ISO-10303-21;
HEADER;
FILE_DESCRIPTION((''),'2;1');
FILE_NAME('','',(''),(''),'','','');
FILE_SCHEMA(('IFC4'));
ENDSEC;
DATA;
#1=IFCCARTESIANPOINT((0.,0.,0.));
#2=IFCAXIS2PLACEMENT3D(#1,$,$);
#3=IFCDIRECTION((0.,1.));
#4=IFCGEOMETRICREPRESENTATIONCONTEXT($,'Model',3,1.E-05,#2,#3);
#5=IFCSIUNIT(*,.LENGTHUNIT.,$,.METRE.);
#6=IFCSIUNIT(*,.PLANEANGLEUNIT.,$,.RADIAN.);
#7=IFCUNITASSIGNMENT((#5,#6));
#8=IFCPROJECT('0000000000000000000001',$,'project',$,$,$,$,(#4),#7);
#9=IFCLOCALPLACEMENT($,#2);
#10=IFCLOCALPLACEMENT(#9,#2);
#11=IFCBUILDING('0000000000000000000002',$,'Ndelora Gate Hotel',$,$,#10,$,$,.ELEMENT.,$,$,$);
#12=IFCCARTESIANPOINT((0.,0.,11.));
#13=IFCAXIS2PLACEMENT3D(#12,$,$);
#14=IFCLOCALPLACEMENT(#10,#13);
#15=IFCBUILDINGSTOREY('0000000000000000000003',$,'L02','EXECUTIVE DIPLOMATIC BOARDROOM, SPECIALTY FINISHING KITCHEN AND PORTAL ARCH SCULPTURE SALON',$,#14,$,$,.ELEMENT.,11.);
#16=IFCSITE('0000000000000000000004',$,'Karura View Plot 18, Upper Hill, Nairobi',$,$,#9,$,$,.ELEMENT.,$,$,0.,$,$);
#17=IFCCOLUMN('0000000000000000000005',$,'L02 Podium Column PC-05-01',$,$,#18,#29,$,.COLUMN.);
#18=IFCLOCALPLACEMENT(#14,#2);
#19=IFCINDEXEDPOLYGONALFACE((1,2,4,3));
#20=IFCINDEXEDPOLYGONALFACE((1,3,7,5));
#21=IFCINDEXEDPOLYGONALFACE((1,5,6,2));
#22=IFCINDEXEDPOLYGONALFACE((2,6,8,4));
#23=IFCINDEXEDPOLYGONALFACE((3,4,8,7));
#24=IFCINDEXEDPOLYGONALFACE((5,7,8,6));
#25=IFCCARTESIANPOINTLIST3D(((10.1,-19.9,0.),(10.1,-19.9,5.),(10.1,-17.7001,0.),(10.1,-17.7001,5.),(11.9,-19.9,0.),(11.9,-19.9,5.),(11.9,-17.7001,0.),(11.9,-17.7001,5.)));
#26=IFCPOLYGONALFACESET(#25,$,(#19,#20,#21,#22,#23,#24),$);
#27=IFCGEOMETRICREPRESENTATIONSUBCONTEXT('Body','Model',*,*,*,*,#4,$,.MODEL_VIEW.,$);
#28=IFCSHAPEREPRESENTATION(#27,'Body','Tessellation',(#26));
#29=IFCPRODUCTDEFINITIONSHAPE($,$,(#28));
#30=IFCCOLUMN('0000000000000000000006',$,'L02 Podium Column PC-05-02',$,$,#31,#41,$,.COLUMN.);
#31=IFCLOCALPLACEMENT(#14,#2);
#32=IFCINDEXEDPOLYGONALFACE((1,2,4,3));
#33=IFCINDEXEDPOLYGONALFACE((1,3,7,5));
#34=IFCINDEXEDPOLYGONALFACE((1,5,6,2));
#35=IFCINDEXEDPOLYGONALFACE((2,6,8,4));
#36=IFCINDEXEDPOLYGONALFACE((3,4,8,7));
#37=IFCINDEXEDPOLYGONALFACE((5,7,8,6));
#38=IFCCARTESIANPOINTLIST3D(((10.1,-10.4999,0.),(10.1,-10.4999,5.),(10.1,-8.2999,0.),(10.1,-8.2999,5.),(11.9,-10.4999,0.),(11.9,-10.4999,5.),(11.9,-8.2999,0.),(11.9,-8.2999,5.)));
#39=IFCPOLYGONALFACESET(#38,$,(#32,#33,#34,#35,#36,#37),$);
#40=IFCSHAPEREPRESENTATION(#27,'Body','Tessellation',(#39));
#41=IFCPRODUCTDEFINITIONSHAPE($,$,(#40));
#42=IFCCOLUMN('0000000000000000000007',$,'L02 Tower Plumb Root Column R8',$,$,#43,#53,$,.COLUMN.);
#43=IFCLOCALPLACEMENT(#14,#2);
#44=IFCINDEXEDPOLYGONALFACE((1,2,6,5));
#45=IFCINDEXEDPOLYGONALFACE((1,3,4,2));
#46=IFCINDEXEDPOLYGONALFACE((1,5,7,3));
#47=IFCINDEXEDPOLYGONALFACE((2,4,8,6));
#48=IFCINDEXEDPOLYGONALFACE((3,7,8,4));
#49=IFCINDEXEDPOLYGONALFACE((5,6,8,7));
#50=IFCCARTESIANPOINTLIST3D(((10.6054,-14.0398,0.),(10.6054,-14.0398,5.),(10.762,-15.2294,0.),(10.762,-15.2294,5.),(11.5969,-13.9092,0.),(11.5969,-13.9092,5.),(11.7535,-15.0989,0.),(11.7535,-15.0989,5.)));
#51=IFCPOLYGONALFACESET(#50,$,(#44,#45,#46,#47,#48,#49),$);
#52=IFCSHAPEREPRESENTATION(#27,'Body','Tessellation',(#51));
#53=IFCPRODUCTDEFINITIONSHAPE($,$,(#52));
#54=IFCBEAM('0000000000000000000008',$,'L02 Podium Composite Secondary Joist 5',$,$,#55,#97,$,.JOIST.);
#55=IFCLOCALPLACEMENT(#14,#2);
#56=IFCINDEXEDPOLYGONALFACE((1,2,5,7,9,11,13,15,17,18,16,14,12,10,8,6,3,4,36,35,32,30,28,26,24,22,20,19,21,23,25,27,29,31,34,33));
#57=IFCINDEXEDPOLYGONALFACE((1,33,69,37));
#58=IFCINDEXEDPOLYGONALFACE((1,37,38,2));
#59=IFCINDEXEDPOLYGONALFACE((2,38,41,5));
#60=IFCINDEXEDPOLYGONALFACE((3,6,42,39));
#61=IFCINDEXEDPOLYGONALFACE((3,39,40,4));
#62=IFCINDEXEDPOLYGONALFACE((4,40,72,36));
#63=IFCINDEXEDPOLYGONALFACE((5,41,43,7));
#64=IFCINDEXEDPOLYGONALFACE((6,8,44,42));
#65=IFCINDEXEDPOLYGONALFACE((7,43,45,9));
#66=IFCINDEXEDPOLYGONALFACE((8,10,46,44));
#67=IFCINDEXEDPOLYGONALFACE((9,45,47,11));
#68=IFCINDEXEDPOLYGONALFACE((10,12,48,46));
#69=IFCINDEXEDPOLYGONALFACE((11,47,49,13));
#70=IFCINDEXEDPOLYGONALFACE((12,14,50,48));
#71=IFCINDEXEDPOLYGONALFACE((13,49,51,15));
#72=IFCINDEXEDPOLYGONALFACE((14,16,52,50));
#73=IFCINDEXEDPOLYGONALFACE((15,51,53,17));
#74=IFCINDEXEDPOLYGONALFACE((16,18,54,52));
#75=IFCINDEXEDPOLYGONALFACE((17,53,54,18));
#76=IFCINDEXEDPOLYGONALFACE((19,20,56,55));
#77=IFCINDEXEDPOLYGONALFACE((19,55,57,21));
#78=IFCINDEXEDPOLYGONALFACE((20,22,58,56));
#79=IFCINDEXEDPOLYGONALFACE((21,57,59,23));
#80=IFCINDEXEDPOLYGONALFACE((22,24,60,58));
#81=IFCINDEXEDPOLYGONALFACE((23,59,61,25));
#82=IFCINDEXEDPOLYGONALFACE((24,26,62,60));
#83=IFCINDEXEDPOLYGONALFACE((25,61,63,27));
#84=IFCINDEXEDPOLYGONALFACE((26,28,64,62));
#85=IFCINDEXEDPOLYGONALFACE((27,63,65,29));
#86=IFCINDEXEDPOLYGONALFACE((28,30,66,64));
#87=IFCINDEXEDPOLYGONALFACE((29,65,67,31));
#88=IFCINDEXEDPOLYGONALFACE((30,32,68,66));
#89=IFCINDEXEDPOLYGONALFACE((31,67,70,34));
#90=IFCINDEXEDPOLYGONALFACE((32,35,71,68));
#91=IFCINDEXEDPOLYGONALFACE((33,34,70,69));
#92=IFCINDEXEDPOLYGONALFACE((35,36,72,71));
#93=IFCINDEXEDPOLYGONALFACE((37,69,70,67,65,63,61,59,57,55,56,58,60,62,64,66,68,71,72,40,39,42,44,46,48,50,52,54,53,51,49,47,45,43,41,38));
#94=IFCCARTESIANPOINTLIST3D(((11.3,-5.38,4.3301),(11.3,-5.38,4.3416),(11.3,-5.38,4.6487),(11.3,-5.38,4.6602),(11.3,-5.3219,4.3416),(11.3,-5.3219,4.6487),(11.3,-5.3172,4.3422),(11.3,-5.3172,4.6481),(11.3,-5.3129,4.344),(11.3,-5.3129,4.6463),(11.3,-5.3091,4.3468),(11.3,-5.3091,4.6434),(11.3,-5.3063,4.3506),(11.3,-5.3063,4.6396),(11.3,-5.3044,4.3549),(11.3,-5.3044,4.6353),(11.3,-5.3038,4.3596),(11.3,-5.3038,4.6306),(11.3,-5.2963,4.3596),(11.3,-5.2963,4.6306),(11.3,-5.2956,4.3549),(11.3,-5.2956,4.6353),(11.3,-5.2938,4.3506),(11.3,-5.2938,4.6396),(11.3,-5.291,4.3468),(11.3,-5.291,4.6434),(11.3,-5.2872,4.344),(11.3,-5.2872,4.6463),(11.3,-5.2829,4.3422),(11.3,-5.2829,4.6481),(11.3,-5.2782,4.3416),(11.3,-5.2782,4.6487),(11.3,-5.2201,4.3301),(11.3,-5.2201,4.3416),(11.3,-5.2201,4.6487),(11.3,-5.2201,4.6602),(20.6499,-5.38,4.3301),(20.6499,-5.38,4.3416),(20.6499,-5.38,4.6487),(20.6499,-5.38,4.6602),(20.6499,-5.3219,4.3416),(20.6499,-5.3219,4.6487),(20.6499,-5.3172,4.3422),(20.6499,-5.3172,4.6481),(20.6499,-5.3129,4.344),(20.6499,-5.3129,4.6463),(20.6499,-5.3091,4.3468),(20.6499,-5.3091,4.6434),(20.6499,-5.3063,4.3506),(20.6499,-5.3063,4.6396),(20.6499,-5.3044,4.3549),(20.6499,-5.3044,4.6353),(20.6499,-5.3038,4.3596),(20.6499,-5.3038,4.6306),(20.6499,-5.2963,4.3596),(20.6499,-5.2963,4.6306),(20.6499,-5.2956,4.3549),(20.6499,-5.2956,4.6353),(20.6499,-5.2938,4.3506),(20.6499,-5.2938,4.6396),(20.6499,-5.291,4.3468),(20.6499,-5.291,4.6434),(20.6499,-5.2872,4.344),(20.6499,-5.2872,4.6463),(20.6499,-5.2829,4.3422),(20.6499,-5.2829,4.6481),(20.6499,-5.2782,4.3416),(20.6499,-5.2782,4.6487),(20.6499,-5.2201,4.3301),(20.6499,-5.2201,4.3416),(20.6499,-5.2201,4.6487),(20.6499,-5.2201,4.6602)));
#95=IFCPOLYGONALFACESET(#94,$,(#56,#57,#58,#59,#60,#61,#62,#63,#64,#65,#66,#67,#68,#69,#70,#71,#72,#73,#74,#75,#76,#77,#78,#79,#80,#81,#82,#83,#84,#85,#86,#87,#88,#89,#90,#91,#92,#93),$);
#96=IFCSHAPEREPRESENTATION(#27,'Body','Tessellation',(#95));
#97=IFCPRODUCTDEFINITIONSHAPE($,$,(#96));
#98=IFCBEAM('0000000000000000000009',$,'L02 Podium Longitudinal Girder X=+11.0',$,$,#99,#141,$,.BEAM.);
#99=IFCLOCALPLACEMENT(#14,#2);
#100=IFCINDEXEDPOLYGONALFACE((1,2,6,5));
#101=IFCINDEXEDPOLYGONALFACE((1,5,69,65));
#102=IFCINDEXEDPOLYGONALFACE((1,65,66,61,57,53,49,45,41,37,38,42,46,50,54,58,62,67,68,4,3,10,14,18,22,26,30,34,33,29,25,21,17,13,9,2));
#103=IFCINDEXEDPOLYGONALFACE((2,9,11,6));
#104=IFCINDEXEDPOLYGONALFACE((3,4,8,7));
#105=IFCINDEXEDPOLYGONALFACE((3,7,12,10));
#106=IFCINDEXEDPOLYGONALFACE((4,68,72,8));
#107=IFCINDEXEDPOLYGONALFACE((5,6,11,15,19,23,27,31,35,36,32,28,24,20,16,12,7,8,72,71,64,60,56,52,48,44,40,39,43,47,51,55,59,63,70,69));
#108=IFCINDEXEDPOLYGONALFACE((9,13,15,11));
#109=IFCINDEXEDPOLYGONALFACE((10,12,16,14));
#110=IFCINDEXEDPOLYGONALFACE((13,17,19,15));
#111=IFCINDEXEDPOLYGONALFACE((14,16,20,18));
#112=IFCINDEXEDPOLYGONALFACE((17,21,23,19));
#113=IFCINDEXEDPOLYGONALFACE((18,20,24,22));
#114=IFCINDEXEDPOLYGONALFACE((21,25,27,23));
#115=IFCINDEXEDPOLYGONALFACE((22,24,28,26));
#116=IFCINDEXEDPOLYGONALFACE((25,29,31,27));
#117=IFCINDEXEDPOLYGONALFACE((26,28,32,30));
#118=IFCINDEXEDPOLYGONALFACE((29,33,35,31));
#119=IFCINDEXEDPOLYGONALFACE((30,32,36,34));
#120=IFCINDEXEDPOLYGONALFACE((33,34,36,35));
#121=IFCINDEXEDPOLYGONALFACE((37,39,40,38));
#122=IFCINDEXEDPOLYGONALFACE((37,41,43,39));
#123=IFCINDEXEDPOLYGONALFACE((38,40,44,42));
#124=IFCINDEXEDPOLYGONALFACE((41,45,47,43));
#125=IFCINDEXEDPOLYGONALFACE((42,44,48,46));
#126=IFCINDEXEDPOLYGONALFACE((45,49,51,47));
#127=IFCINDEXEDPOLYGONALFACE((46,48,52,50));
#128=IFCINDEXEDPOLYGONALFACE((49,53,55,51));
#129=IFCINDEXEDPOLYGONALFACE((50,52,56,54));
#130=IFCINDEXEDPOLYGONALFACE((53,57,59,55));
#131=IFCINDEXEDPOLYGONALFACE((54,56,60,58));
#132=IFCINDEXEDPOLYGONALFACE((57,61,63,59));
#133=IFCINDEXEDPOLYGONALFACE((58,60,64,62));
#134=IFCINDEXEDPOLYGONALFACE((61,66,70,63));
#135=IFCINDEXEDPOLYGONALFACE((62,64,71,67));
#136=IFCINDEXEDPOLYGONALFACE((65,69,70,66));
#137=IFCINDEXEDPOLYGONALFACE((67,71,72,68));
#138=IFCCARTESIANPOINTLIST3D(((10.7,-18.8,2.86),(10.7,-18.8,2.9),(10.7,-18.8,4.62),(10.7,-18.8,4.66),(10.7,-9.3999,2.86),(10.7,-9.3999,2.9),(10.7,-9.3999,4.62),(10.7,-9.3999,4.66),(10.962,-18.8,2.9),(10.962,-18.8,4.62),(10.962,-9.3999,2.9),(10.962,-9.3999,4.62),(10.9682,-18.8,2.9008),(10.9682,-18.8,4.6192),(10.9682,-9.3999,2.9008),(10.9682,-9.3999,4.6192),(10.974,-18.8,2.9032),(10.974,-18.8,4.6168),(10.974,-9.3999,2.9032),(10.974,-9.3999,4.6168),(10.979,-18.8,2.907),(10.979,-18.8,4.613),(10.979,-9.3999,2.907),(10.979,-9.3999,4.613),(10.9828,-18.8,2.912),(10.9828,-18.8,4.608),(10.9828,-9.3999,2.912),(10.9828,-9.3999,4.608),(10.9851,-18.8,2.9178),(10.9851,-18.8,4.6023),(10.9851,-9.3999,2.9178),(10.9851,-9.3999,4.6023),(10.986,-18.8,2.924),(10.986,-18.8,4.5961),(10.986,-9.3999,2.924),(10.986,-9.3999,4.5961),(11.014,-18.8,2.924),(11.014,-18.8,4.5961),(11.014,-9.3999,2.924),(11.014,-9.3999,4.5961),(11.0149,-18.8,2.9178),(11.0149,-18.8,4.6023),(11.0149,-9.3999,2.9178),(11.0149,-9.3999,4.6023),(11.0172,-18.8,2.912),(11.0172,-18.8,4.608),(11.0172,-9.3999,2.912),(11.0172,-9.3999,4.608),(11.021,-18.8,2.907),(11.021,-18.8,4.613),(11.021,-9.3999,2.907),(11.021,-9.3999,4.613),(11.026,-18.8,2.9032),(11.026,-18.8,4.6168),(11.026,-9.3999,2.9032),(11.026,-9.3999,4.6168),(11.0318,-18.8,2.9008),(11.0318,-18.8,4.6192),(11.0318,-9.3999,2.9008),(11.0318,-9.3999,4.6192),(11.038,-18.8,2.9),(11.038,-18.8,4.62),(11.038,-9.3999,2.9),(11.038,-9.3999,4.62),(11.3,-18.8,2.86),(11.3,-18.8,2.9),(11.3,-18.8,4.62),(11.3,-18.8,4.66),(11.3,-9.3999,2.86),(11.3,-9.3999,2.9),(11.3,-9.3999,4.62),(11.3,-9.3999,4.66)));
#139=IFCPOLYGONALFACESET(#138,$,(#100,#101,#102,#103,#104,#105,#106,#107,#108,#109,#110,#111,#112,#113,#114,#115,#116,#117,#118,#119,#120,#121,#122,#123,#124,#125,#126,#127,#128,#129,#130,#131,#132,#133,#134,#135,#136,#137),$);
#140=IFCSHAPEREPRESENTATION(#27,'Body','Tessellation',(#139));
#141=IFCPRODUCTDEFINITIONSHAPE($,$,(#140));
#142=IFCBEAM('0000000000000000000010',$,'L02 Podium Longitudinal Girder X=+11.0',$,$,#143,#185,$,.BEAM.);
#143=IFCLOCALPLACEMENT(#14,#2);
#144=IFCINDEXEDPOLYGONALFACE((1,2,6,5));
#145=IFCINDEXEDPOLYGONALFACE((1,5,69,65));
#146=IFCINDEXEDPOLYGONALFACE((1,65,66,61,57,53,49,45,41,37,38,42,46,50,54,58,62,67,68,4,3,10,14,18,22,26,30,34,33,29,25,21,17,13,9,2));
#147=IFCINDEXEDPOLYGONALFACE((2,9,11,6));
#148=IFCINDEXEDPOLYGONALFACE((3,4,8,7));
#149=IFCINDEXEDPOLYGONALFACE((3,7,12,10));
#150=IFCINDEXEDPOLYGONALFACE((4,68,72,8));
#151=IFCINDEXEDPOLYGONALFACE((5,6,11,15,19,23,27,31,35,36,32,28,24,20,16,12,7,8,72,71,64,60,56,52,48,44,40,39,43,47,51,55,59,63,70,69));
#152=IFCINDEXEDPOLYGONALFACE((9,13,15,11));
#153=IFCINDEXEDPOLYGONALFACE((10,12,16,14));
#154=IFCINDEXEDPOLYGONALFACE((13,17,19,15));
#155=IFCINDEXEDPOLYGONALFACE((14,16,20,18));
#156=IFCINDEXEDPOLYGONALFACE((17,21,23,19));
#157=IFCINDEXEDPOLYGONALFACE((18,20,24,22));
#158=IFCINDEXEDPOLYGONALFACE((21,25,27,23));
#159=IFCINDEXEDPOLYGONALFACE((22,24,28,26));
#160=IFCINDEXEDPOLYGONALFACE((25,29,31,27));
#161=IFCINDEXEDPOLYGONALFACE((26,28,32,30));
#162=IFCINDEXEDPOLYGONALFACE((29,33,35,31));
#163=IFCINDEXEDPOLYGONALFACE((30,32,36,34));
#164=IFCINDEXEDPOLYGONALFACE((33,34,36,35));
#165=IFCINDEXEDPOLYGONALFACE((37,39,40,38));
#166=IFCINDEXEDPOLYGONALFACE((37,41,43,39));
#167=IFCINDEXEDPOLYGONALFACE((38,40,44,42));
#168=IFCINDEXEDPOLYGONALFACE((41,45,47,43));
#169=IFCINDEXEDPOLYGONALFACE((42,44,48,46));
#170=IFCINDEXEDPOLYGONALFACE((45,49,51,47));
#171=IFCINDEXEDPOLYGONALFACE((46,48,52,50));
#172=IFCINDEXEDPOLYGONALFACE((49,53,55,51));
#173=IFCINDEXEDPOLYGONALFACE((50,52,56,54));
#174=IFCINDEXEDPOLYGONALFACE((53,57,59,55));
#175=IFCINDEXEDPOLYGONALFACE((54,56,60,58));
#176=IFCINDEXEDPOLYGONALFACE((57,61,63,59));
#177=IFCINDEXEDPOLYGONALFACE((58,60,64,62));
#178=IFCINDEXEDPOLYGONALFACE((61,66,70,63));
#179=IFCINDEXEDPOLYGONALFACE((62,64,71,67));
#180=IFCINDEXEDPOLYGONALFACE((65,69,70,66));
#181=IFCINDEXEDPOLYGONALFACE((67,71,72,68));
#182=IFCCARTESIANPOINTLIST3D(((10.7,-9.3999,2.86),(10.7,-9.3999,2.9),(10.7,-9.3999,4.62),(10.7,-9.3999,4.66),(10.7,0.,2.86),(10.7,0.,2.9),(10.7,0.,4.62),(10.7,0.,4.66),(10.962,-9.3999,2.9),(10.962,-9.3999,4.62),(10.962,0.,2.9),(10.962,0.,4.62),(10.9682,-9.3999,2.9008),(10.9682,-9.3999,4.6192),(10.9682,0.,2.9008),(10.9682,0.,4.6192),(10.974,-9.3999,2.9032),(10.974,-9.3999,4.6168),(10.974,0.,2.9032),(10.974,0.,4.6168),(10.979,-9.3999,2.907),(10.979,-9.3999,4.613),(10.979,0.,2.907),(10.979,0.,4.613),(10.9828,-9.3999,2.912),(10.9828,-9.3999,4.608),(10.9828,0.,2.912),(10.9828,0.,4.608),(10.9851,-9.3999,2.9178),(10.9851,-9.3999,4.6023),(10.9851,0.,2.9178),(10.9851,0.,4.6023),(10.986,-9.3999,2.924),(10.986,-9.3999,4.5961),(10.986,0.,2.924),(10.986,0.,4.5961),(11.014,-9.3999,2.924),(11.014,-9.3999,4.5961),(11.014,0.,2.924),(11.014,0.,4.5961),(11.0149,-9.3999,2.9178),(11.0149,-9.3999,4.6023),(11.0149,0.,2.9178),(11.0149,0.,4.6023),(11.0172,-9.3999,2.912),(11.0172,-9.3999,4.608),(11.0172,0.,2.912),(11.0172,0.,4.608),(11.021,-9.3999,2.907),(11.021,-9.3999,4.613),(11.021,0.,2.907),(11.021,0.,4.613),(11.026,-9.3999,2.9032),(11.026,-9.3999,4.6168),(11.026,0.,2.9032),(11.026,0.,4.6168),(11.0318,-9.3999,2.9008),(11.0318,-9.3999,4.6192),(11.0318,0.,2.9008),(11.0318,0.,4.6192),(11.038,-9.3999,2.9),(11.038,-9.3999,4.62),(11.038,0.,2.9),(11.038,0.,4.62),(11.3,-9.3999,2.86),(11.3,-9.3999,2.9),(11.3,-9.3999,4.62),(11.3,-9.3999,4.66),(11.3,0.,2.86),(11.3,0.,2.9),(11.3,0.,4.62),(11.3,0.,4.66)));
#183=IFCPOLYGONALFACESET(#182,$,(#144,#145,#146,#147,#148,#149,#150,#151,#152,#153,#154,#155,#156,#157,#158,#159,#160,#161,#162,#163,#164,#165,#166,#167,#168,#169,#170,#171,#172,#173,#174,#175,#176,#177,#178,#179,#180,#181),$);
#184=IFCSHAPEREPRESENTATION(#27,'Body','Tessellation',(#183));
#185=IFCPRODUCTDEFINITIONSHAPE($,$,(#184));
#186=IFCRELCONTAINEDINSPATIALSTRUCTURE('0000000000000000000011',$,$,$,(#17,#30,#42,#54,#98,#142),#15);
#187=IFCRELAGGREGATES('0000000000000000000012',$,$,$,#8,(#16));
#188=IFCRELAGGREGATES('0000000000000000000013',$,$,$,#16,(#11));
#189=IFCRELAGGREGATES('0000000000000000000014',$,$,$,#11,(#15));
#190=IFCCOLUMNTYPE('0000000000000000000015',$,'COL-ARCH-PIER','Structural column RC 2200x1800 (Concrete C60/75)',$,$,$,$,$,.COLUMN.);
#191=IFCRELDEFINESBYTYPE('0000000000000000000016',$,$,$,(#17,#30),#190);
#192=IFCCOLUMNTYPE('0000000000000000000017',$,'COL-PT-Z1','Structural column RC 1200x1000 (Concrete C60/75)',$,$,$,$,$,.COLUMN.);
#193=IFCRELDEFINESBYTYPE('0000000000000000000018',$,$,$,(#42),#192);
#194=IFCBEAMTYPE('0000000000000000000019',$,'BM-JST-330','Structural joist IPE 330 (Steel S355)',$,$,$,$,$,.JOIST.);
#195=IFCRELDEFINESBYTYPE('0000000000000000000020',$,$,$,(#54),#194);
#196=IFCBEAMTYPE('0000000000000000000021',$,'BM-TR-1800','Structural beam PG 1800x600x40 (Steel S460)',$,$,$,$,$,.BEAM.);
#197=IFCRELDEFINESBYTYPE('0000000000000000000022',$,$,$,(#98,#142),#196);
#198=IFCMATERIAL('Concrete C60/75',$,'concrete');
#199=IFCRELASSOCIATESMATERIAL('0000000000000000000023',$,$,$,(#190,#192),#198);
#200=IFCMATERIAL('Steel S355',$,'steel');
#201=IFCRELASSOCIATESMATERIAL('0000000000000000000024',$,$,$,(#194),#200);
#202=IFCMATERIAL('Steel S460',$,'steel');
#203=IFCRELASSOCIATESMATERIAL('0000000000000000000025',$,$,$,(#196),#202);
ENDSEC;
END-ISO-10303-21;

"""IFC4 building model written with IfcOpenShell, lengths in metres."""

from ifc_helpers import new_model, si_unit, direction, frame, origin, origin_2d, place, context, subcontext, project, spatial, rectangle, i_section, extrude, material, material_profile, profile_set, type_object, element, save


model = new_model("IFC4")

# Units and contexts
model_context = context("Model", 3, precision=1e-05, world=origin(), true_north=direction((0.0, 1.0)))
body_context = subcontext(model_context, "Body", "Model", "MODEL_VIEW")
ifc_project = project(units=[si_unit("LENGTHUNIT", "METRE"), si_unit("PLANEANGLEUNIT", "RADIAN")], contexts=[model_context])

# Site, building, storey
site_placement = place(None, origin())
site = spatial("IfcSite", under=ifc_project, at=site_placement, Name="Karura View Plot 18, Upper Hill, Nairobi", CompositionType="ELEMENT", RefElevation=0.0)
building_placement = place(site_placement, origin())
building = spatial("IfcBuilding", under=site, at=building_placement, Name="Ndelora Gate Hotel", CompositionType="ELEMENT")
storey_placement = place(building_placement, frame((0.0, 0.0, 11.0)))
storey = spatial("IfcBuildingStorey", under=building, at=storey_placement, Name="L02", Description="EXECUTIVE DIPLOMATIC BOARDROOM, SPECIALTY FINISHING KITCHEN AND PORTAL ARCH SCULPTURE SALON", CompositionType="ELEMENT", Elevation=11.0)

# Columns
ifc_material_1 = material(Name="Concrete C60/75", Category="concrete")
ifc_material_profile_1 = material_profile(ifc_material_1, rectangle(XDim=1.8, YDim=2.2, at=origin_2d()), Name="RC 2200x1800")
ifc_profile_set_1 = profile_set([ifc_material_profile_1], Name="Concrete C60/75")
column_type_1 = type_object("IfcColumnType", Name="COL-ARCH-PIER", Description="Structural column RC 2200x1800 (Concrete C60/75)", PredefinedType="COLUMN", material=ifc_profile_set_1)
for number, where, z_axis, x_axis, name in (
    (1, (11.0, -18.8, 0.0), (0.0, 0.0, 1.0), (1.0, 0.0, 0.0), "L02 Podium Column PC-05-01"),
    (2, (11.0, -9.3999, 0.0), (0.0, 0.0, 1.0), (1.0, 0.0, 0.0), "L02 Podium Column PC-05-02"),
):
    element("IfcColumn", number, at=place(storey_placement, frame(where, z_axis=z_axis, x_axis=x_axis)), inside=storey, type_object=column_type_1, Name=name, PredefinedType="COLUMN", context=body_context, shape_type="SweptSolid", body=[
        extrude(rectangle(XDim=1.8, YDim=2.2, at=origin_2d()), origin(), (0.0, 0.0, 1.0), 5.0),
    ])
ifc_material_profile_2 = material_profile(ifc_material_1, rectangle(XDim=1.0, YDim=1.2, at=origin_2d()), Name="RC 1200x1000")
ifc_profile_set_2 = profile_set([ifc_material_profile_2], Name="Concrete C60/75")
column_type_2 = type_object("IfcColumnType", Name="COL-PT-Z1", Description="Structural column RC 1200x1000 (Concrete C60/75)", PredefinedType="COLUMN", material=ifc_profile_set_2)
column_placement = place(storey_placement, frame((11.1794, -14.5693, 0.0), z_axis=(0.0, 0.0, 1.0), x_axis=(0.991445, 0.130526, 0.0)))
element("IfcColumn", 3, at=column_placement, inside=storey, type_object=column_type_2, Name="L02 Tower Plumb Root Column R8", PredefinedType="COLUMN", context=body_context, shape_type="SweptSolid", body=[
    extrude(rectangle(XDim=1.0, YDim=1.2, at=origin_2d()), origin(), (0.0, 0.0, 1.0), 5.0),
])

# Beams
ifc_material_2 = material(Name="Steel S355", Category="steel")
ifc_material_profile_3 = material_profile(ifc_material_2, i_section(OverallWidth=0.1599, OverallDepth=0.3301, WebThickness=0.0076, FlangeThickness=0.0115, FilletRadius=0.0181, at=origin_2d()), Name="IPE 330")
ifc_profile_set_3 = profile_set([ifc_material_profile_3], Name="Steel S355")
beam_type_1 = type_object("IfcBeamType", Name="BM-JST-330", Description="Structural joist IPE 330 (Steel S355)", PredefinedType="JOIST", material=ifc_profile_set_3)
beam_1_placement = place(storey_placement, frame((11.3, -5.3, 4.4951), z_axis=(1.0, 0.0, 0.0), x_axis=(0.0, 1.0, 0.0)))
element("IfcBeam", 4, at=beam_1_placement, inside=storey, type_object=beam_type_1, Name="L02 Podium Composite Secondary Joist 5", PredefinedType="JOIST", context=body_context, shape_type="SweptSolid", body=[
    extrude(i_section(OverallWidth=0.1599, OverallDepth=0.3301, WebThickness=0.0076, FlangeThickness=0.0115, FilletRadius=0.0181, at=origin_2d()), origin(), (0.0, 0.0, 1.0), 9.3499),
])
ifc_material_3 = material(Name="Steel S460", Category="steel")
ifc_material_profile_4 = material_profile(ifc_material_3, i_section(OverallWidth=0.6001, OverallDepth=1.8, WebThickness=0.0281, FlangeThickness=0.04, FilletRadius=0.0239, at=origin_2d()), Name="PG 1800x600x40")
ifc_profile_set_4 = profile_set([ifc_material_profile_4], Name="Steel S460")
beam_type_2 = type_object("IfcBeamType", Name="BM-TR-1800", Description="Structural beam PG 1800x600x40 (Steel S460)", PredefinedType="BEAM", material=ifc_profile_set_4)
beam_2_placement = place(storey_placement, frame((11.0, -18.8, 3.76), z_axis=(0.0, 1.0, 0.0), x_axis=(-1.0, 0.0, 0.0)))
element("IfcBeam", 5, at=beam_2_placement, inside=storey, type_object=beam_type_2, Name="L02 Podium Longitudinal Girder X=+11.0", PredefinedType="BEAM", context=body_context, shape_type="SweptSolid", body=[
    extrude(i_section(OverallWidth=0.6001, OverallDepth=1.8, WebThickness=0.0281, FlangeThickness=0.04, FilletRadius=0.0239, at=origin_2d()), origin(), (0.0, 0.0, 1.0), 9.4001),
])
beam_3_placement = place(storey_placement, frame((11.0, -9.3999, 3.76), z_axis=(0.0, 1.0, 0.0), x_axis=(-1.0, 0.0, 0.0)))
element("IfcBeam", 6, at=beam_3_placement, inside=storey, type_object=beam_type_2, Name="L02 Podium Longitudinal Girder X=+11.0", PredefinedType="BEAM", context=body_context, shape_type="SweptSolid", body=[
    extrude(i_section(OverallWidth=0.6001, OverallDepth=1.8, WebThickness=0.0281, FlangeThickness=0.04, FilletRadius=0.0239, at=origin_2d()), origin(), (0.0, 0.0, 1.0), 9.3999),
])

save(model, "model.ifc")
